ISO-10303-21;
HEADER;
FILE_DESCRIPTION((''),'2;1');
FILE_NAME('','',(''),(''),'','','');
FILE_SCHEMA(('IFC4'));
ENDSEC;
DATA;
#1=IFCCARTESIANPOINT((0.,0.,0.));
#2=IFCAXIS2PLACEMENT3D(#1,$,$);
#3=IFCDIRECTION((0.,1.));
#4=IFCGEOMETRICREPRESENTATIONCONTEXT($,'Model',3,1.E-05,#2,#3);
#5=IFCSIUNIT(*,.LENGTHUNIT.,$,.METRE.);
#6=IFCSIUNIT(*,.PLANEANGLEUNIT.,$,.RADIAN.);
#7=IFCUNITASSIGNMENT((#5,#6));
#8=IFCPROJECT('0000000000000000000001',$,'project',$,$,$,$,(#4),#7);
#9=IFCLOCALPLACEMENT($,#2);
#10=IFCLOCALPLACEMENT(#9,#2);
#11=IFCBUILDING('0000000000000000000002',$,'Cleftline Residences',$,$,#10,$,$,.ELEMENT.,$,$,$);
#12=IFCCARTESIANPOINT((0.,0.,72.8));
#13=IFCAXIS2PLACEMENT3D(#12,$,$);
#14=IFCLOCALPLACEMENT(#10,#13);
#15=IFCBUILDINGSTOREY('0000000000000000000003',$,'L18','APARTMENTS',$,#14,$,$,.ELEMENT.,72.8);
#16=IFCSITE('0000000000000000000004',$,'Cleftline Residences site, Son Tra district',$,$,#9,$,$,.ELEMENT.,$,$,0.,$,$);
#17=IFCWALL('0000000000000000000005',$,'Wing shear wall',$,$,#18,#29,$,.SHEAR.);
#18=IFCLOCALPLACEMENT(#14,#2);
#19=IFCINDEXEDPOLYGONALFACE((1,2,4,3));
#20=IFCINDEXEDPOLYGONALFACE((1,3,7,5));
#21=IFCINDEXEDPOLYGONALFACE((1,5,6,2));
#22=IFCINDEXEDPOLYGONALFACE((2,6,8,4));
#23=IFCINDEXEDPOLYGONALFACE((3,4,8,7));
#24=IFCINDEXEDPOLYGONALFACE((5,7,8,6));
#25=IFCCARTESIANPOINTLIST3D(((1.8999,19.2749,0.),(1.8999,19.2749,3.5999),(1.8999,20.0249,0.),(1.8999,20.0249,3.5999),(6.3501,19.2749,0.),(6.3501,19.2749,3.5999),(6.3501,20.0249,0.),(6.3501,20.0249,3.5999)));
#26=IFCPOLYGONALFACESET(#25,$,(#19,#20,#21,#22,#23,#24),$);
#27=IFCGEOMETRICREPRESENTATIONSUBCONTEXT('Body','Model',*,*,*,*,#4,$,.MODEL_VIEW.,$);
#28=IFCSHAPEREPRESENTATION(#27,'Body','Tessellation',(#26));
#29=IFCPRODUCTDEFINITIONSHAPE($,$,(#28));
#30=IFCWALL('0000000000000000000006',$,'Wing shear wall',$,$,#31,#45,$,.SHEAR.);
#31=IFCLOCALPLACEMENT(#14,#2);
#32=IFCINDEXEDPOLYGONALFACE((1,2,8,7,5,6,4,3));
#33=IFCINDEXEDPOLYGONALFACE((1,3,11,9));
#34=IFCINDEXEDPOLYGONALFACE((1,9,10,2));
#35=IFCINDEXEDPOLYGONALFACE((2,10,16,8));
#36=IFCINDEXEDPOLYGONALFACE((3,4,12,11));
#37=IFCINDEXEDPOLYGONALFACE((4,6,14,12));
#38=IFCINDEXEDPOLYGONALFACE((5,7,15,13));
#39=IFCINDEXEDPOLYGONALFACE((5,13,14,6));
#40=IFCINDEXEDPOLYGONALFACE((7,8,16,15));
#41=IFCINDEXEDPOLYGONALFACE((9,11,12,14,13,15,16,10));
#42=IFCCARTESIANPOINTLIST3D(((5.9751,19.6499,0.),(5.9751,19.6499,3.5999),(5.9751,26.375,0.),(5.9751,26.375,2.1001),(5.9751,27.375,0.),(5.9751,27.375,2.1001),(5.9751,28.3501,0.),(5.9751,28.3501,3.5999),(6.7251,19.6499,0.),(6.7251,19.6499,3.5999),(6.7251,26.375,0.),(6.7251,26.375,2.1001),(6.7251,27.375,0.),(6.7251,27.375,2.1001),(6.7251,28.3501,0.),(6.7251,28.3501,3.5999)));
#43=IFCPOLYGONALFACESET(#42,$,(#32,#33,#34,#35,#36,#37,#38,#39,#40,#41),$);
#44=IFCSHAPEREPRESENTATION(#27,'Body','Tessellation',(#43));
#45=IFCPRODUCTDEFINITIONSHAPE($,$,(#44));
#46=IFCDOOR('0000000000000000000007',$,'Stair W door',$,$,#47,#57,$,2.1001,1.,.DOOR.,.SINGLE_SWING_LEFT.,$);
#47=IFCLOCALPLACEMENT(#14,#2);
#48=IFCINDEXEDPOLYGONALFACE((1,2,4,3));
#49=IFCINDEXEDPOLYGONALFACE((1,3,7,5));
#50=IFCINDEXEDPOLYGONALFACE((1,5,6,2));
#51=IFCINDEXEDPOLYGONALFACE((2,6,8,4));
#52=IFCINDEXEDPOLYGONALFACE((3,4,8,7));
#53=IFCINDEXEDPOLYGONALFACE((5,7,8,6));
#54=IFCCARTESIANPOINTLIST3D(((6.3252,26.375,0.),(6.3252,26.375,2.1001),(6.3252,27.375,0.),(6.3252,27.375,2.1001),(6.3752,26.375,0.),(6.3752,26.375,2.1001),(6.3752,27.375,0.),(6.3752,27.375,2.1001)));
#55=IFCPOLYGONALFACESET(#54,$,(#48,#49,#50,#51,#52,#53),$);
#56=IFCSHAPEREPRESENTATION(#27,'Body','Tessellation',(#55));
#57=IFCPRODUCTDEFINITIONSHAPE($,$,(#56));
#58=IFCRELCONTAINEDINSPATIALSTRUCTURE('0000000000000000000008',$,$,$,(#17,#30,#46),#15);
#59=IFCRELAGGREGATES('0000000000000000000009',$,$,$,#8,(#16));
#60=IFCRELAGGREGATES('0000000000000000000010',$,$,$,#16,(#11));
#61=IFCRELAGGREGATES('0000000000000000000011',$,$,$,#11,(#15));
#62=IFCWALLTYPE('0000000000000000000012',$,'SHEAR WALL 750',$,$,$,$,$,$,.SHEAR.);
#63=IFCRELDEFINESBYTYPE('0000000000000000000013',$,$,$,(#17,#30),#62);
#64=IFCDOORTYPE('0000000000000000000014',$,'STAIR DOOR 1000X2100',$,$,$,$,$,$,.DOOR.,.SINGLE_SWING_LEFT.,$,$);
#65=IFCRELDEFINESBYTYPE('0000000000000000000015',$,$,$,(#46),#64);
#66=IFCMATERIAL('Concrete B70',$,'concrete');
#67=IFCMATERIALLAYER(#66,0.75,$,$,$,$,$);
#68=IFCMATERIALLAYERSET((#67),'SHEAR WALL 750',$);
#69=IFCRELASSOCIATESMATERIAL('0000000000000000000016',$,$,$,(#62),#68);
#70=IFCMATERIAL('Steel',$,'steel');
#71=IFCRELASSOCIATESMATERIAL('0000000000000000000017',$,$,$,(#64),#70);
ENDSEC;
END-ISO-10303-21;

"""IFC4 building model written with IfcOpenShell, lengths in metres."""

from ifc_helpers import new_model, si_unit, direction, frame, frame_2d, origin, place, context, subcontext, project, spatial, rectangle, extrude, material, layer, layer_set, type_object, element, fill, save


model = new_model("IFC4")

# Units and contexts
model_context = context("Model", 3, precision=1e-05, world=origin(), true_north=direction((0.0, 1.0)))
body_context = subcontext(model_context, "Body", "Model", "MODEL_VIEW")
ifc_project = project(units=[si_unit("LENGTHUNIT", "METRE"), si_unit("PLANEANGLEUNIT", "RADIAN")], contexts=[model_context])

# Site, building, storey
site_placement = place(None, origin())
site = spatial("IfcSite", under=ifc_project, at=site_placement, Name="Cleftline Residences site, Son Tra district", CompositionType="ELEMENT", RefElevation=0.0)
building_placement = place(site_placement, origin())
building = spatial("IfcBuilding", under=site, at=building_placement, Name="Cleftline Residences", CompositionType="ELEMENT")
storey_placement = place(building_placement, frame((0.0, 0.0, 72.8)))
storey = spatial("IfcBuildingStorey", under=building, at=storey_placement, Name="L18", Description="APARTMENTS", CompositionType="ELEMENT", Elevation=72.8)

# Wall
ifc_material_1 = material(Name="Concrete B70", Category="concrete")
ifc_layer_1 = layer(ifc_material_1, 0.75)
ifc_layer_set_1 = layer_set([ifc_layer_1], Name="SHEAR WALL 750")
wall_type_1 = type_object("IfcWallType", Name="SHEAR WALL 750", PredefinedType="SHEAR", material=ifc_layer_set_1)
wall_1_placement = place(storey_placement, frame((1.8999, 19.6499, 0.0), z_axis=(0.0, 0.0, 1.0), x_axis=(1.0, 0.0, 0.0)))
element("IfcWall", 1, at=wall_1_placement, inside=storey, type_object=wall_type_1, Name="Wing shear wall", PredefinedType="SHEAR", context=body_context, shape_type="SweptSolid", body=[
    extrude(rectangle(XDim=4.4502, YDim=0.75, at=frame_2d((2.2251, 0.0))), origin(), (0.0, 0.0, 1.0), 3.5999),
])

# Wall, opening, door
wall_2_placement = place(storey_placement, frame((6.3501, 19.6499, 0.0), z_axis=(0.0, 0.0, 1.0), x_axis=(0.0, 1.0, 0.0)))
wall_2 = element("IfcWall", 2, at=wall_2_placement, inside=storey, type_object=wall_type_1, Name="Wing shear wall", PredefinedType="SHEAR", context=body_context, shape_type="SweptSolid", body=[
    extrude(rectangle(XDim=8.7002, YDim=0.75, at=frame_2d((4.3501, 0.0))), origin(), (0.0, 0.0, 1.0), 3.5999),
])
opening_1_placement = place(wall_2_placement, frame((6.7251, 0.0, 0.0)))
opening_1 = element("IfcOpeningElement", 3, at=opening_1_placement, cuts=wall_2, PredefinedType="OPENING", context=body_context, shape_type="SweptSolid", body=[
    extrude(rectangle(XDim=1.0, YDim=2.1001, at=frame_2d((0.5, 1.05))), frame((0.0, 0.385, 0.0), z_axis=(0.0, -1.0, 0.0), x_axis=(1.0, 0.0, 0.0)), (0.0, 0.0, 1.0), 0.77),
])
ifc_material_2 = material(Name="Steel", Category="steel")
door_type_1 = type_object("IfcDoorType", Name="STAIR DOOR 1000X2100", OperationType="SINGLE_SWING_LEFT", PredefinedType="DOOR", material=ifc_material_2)
door_1_placement = place(opening_1_placement, origin())
door_1 = element("IfcDoor", 4, at=door_1_placement, inside=storey, type_object=door_type_1, Name="Stair W door", OperationType="SINGLE_SWING_LEFT", OverallHeight=2.1001, OverallWidth=1.0, PredefinedType="DOOR", context=body_context, shape_type="SweptSolid", body=[
    extrude(rectangle(XDim=1.0, YDim=2.1001, at=frame_2d((0.5, 1.05))), frame((0.0, 0.0249, 0.0), z_axis=(0.0, -1.0, 0.0), x_axis=(1.0, 0.0, 0.0)), (0.0, 0.0, 1.0), 0.05),
])
fill(opening_1, door_1)

save(model, "model.ifc")
